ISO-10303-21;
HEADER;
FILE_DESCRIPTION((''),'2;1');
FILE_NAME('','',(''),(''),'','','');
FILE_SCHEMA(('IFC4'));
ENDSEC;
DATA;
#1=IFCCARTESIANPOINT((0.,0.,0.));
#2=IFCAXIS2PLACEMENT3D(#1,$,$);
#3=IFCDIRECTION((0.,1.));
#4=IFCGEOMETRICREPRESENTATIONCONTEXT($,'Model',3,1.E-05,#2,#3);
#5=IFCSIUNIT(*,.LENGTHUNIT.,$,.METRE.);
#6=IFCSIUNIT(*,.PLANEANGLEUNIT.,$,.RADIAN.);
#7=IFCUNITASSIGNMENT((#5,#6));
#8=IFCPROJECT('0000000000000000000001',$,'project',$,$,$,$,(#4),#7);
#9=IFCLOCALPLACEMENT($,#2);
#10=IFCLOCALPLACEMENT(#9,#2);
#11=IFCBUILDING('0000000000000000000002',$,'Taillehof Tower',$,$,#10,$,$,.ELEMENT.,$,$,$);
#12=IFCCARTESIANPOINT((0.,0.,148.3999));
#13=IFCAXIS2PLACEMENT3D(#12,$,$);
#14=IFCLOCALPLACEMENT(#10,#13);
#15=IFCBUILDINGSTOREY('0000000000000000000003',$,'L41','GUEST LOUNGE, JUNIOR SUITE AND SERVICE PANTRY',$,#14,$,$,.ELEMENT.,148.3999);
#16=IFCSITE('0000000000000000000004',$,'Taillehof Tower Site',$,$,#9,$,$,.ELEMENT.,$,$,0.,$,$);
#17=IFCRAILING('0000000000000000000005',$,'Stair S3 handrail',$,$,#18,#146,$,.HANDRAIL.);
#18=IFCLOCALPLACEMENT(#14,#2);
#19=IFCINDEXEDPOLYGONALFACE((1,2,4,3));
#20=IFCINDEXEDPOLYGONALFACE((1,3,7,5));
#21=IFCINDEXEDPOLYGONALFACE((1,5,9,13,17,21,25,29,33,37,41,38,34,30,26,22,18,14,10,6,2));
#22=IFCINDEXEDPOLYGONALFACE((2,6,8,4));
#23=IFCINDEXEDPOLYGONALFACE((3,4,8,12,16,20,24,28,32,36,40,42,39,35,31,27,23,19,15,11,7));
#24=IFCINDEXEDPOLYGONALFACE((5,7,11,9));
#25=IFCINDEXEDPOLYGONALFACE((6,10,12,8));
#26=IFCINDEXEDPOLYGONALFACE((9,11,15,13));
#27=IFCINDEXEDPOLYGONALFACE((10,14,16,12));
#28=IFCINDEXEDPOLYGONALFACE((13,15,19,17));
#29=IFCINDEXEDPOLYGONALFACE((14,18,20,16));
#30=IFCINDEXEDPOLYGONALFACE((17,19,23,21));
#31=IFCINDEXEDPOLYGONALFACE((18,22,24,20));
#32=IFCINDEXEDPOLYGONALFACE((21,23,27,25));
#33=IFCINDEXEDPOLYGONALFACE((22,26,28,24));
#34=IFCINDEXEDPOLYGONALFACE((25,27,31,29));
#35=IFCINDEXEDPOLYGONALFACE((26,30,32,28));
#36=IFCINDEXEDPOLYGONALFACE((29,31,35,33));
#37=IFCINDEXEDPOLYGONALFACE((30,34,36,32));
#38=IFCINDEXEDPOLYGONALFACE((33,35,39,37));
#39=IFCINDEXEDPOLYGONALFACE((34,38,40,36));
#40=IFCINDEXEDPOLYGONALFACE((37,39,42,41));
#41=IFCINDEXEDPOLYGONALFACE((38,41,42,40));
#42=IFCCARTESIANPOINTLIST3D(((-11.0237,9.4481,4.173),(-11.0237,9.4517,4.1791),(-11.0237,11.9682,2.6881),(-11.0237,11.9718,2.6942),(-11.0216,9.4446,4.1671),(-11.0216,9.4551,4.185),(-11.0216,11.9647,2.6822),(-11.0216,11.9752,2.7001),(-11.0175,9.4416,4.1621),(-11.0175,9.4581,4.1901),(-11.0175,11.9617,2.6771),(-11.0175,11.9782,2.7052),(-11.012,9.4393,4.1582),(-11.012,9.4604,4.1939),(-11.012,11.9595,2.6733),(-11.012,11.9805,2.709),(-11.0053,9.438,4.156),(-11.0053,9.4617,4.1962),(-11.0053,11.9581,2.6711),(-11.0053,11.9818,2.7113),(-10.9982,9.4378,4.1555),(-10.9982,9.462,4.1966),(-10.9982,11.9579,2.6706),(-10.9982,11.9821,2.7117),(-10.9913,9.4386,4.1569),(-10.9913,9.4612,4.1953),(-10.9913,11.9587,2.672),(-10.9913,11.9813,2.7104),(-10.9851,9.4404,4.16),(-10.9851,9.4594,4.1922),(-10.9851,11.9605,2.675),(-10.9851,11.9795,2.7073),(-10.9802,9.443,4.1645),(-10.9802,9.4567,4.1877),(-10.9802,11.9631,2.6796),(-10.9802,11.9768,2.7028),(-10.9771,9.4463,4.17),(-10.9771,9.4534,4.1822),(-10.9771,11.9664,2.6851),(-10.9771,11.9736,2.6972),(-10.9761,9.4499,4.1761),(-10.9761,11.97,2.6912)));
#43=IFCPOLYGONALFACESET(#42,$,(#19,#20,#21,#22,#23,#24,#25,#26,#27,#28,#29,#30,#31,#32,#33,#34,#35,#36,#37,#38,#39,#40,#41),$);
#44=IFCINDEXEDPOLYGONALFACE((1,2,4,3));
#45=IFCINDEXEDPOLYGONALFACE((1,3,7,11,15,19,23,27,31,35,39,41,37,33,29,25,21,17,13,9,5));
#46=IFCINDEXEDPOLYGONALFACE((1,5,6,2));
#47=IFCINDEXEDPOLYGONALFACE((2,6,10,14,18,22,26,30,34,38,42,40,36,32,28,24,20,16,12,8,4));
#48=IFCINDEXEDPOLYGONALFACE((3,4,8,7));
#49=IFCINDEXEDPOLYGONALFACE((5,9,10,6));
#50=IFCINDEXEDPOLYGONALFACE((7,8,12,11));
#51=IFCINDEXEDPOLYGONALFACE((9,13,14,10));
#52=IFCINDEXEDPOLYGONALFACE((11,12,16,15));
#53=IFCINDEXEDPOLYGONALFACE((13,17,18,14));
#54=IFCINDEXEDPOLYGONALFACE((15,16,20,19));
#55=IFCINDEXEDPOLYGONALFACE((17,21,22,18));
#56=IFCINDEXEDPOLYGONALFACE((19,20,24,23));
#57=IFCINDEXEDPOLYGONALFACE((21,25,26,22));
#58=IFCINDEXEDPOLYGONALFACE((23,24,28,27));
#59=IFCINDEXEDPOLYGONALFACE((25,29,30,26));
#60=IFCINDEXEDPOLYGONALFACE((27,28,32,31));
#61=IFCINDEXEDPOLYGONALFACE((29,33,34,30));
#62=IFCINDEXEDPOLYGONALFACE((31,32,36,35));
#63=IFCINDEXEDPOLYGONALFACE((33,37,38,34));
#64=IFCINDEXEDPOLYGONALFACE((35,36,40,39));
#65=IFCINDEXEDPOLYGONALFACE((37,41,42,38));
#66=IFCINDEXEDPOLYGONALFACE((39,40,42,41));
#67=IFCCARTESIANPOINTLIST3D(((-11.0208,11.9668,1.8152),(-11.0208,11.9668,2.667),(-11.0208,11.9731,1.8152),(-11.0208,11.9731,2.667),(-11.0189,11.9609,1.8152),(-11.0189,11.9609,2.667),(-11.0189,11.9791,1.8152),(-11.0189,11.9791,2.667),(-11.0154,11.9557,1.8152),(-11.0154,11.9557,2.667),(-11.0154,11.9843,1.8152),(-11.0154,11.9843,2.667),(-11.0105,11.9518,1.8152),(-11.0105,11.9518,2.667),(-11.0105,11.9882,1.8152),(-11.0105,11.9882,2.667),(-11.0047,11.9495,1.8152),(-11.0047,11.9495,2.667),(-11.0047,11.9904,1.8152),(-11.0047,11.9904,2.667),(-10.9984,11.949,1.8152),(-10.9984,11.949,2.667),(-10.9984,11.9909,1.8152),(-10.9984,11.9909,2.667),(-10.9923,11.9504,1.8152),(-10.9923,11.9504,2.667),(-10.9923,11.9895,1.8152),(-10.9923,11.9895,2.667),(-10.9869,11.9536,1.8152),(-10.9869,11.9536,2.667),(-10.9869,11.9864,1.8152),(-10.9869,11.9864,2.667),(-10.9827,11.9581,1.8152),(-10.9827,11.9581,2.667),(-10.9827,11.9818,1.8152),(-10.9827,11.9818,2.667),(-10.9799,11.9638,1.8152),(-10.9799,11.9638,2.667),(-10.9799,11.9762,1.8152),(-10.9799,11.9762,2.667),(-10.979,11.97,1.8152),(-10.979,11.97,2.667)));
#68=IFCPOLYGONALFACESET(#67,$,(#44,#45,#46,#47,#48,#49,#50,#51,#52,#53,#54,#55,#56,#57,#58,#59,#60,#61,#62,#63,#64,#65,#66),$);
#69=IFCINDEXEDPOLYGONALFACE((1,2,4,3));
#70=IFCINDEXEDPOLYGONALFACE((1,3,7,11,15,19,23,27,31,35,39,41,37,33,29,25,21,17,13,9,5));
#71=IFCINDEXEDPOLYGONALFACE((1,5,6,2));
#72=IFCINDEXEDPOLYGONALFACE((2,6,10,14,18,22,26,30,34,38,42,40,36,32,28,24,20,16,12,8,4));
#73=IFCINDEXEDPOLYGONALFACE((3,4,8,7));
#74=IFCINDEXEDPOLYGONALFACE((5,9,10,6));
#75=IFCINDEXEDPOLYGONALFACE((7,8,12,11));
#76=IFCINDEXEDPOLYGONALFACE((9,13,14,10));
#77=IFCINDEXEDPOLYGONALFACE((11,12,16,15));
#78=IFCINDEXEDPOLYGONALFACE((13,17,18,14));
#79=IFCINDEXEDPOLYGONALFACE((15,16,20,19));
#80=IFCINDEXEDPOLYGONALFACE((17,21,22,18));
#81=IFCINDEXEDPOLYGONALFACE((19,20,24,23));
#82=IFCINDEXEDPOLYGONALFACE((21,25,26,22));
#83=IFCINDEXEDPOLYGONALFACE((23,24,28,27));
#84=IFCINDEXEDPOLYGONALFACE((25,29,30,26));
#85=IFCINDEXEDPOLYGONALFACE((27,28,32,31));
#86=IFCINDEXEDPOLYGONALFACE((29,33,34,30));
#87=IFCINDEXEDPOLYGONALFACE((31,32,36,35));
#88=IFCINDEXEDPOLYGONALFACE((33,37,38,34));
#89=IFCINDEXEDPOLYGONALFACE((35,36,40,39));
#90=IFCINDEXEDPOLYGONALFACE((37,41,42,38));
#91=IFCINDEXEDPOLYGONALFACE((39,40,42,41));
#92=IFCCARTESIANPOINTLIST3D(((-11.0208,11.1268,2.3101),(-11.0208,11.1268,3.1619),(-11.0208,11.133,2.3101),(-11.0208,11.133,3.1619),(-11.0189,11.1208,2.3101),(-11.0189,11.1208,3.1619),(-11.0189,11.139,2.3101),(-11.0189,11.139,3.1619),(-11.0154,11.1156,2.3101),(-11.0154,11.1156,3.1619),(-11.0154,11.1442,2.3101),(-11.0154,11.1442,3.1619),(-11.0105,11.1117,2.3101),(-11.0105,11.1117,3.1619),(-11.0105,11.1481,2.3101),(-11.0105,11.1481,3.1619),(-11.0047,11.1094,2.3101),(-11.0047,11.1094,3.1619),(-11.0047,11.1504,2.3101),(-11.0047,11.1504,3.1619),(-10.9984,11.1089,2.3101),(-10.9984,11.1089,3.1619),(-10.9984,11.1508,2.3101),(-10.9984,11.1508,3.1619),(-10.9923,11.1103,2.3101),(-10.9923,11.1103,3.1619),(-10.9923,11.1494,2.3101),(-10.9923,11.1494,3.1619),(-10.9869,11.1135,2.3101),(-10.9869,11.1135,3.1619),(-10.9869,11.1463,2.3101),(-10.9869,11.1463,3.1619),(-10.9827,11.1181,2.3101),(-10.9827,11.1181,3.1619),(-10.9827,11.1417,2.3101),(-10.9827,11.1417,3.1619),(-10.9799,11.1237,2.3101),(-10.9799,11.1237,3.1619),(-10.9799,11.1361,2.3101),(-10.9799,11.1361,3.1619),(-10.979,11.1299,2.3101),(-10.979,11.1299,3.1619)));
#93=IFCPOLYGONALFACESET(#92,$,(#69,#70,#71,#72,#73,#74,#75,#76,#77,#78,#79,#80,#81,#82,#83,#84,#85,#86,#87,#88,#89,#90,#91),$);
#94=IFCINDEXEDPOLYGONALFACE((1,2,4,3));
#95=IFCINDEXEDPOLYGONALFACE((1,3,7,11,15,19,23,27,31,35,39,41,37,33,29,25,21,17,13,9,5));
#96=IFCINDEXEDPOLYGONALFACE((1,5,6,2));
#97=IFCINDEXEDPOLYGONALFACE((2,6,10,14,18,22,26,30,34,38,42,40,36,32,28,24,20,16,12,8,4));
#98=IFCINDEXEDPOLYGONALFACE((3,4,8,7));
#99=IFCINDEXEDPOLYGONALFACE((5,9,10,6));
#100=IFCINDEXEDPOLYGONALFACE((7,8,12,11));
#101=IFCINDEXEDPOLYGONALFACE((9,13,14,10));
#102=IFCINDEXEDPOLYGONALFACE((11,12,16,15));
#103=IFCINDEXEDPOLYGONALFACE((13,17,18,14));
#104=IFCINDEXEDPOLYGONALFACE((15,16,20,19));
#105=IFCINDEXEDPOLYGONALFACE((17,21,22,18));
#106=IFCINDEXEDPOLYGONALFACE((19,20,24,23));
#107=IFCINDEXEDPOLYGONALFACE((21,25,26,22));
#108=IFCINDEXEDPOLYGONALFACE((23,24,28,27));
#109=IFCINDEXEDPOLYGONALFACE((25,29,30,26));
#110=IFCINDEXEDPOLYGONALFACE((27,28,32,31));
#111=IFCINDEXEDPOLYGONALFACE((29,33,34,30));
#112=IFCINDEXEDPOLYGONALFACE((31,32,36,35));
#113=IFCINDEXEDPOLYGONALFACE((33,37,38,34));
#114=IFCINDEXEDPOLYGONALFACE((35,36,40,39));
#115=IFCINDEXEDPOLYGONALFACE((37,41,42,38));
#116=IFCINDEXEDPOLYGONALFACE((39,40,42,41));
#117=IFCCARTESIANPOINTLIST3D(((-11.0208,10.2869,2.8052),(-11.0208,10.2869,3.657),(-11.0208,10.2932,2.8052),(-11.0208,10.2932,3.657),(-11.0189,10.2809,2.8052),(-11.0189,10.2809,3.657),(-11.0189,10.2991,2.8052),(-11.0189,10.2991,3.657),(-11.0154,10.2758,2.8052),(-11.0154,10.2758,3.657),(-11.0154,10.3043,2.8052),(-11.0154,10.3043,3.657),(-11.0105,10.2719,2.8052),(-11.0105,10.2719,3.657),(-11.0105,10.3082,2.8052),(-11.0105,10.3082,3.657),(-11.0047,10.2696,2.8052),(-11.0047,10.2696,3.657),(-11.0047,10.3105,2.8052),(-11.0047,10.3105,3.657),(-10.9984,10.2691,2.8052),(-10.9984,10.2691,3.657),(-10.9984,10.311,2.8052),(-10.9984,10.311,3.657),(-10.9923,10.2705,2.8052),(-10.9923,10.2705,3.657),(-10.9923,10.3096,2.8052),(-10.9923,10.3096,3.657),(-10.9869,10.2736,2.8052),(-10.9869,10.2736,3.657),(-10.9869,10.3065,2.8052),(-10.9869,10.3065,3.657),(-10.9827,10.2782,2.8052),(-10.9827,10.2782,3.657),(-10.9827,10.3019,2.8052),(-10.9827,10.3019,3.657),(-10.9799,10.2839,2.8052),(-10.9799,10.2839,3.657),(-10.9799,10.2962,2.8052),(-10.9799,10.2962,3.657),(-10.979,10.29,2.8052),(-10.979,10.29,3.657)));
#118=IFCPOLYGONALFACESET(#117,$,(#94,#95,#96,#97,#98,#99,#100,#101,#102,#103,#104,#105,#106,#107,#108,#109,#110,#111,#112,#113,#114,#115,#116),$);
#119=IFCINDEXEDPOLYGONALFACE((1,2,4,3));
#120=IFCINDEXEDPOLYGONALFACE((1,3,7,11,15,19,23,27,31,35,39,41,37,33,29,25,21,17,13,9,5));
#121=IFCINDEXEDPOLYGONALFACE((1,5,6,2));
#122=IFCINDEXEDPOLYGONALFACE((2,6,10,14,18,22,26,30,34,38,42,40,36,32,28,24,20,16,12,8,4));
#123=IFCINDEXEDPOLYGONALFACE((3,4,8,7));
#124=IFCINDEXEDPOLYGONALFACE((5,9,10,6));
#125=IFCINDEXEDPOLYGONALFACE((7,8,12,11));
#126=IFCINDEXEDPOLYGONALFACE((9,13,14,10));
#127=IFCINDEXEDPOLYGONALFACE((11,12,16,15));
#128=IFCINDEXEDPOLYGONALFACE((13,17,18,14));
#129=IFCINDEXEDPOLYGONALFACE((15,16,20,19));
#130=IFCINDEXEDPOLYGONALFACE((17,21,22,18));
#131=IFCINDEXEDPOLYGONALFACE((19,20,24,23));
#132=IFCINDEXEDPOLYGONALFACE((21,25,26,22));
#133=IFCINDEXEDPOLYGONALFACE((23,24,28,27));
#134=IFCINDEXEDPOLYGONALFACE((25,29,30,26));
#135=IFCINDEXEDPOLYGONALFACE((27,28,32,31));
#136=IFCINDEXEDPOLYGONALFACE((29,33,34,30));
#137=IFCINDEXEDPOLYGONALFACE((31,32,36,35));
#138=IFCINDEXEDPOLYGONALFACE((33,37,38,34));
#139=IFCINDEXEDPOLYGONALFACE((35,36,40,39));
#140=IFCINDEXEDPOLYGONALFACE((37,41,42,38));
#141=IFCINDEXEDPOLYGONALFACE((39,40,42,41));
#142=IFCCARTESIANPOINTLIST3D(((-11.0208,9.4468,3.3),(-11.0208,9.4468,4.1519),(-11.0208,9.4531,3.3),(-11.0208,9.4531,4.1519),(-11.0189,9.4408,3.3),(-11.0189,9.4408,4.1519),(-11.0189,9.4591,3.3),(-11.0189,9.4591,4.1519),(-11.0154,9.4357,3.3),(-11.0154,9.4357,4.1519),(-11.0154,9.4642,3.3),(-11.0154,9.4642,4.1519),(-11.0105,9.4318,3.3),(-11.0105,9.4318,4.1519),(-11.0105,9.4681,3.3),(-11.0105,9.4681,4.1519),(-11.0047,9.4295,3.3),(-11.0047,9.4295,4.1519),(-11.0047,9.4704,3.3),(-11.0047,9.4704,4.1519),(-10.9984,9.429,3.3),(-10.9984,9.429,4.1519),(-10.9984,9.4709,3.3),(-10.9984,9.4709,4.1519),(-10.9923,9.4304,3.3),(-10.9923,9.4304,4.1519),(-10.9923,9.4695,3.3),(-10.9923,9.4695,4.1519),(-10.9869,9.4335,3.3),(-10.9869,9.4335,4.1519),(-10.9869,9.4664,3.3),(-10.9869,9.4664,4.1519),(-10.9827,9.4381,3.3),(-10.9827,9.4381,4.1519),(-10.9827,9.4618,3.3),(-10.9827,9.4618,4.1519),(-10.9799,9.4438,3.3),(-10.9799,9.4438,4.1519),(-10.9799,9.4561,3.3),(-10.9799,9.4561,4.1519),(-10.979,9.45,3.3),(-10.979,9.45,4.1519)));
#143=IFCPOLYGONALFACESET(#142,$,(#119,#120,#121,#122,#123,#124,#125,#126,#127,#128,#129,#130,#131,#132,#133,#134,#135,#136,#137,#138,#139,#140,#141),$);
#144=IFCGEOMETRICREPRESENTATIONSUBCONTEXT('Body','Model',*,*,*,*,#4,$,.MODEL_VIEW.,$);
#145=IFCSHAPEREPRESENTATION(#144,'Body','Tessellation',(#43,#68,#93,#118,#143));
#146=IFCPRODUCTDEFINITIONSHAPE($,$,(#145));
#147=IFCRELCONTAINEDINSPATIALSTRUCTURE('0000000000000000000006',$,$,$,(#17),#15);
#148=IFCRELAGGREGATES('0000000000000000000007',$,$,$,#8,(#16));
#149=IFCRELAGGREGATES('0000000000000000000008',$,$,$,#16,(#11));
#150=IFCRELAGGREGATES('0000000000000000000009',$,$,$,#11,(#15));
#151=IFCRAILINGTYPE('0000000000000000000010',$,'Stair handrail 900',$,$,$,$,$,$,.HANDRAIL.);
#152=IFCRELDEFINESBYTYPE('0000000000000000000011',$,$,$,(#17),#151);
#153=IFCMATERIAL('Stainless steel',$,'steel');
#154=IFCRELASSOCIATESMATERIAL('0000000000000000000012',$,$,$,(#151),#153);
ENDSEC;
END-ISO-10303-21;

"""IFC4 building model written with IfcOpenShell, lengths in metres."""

from ifc_helpers import new_model, si_unit, direction, frame, origin, origin_2d, place, context, subcontext, project, spatial, circle, extrude, material, type_object, element, save


model = new_model("IFC4")

# Units and contexts
model_context = context("Model", 3, precision=1e-05, world=origin(), true_north=direction((0.0, 1.0)))
body_context = subcontext(model_context, "Body", "Model", "MODEL_VIEW")
ifc_project = project(units=[si_unit("LENGTHUNIT", "METRE"), si_unit("PLANEANGLEUNIT", "RADIAN")], contexts=[model_context])

# Site, building, storey
site_placement = place(None, origin())
site = spatial("IfcSite", under=ifc_project, at=site_placement, Name="Taillehof Tower Site", CompositionType="ELEMENT", RefElevation=0.0)
building_placement = place(site_placement, origin())
building = spatial("IfcBuilding", under=site, at=building_placement, Name="Taillehof Tower", CompositionType="ELEMENT")
storey_placement = place(building_placement, frame((0.0, 0.0, 148.3999)))
storey = spatial("IfcBuildingStorey", under=building, at=storey_placement, Name="L41", Description="GUEST LOUNGE, JUNIOR SUITE AND SERVICE PANTRY", CompositionType="ELEMENT", Elevation=148.3999)

# Railing
ifc_material_1 = material(Name="Stainless steel", Category="steel")
railing_type = type_object("IfcRailingType", Name="Stair handrail 900", PredefinedType="HANDRAIL", material=ifc_material_1)
railing_placement = place(storey_placement, frame((-11.0, 11.97, 1.8152)))
element("IfcRailing", 1, at=railing_placement, inside=storey, type_object=railing_type, Name="Stair S3 handrail", PredefinedType="HANDRAIL", context=body_context, shape_type="SweptSolid", body=[
    extrude(circle(Radius=0.0239, at=origin_2d()), frame((0.0, 0.0, 0.876), z_axis=(0.0, -0.861561, 0.507655), x_axis=(1.0, 0.0, 0.0)), (0.0, 0.0, 1.0), 2.925),
    extrude(circle(Radius=0.021, at=origin_2d()), origin(), (0.0, 0.0, 1.0), 0.8518),
    extrude(circle(Radius=0.021, at=origin_2d()), frame((0.0, -0.8401, 0.4949)), (0.0, 0.0, 1.0), 0.8518),
    extrude(circle(Radius=0.021, at=origin_2d()), frame((0.0, -1.6799, 0.99)), (0.0, 0.0, 1.0), 0.8518),
    extrude(circle(Radius=0.021, at=origin_2d()), frame((0.0, -2.52, 1.4849)), (0.0, 0.0, 1.0), 0.8518),
])

save(model, "model.ifc")
